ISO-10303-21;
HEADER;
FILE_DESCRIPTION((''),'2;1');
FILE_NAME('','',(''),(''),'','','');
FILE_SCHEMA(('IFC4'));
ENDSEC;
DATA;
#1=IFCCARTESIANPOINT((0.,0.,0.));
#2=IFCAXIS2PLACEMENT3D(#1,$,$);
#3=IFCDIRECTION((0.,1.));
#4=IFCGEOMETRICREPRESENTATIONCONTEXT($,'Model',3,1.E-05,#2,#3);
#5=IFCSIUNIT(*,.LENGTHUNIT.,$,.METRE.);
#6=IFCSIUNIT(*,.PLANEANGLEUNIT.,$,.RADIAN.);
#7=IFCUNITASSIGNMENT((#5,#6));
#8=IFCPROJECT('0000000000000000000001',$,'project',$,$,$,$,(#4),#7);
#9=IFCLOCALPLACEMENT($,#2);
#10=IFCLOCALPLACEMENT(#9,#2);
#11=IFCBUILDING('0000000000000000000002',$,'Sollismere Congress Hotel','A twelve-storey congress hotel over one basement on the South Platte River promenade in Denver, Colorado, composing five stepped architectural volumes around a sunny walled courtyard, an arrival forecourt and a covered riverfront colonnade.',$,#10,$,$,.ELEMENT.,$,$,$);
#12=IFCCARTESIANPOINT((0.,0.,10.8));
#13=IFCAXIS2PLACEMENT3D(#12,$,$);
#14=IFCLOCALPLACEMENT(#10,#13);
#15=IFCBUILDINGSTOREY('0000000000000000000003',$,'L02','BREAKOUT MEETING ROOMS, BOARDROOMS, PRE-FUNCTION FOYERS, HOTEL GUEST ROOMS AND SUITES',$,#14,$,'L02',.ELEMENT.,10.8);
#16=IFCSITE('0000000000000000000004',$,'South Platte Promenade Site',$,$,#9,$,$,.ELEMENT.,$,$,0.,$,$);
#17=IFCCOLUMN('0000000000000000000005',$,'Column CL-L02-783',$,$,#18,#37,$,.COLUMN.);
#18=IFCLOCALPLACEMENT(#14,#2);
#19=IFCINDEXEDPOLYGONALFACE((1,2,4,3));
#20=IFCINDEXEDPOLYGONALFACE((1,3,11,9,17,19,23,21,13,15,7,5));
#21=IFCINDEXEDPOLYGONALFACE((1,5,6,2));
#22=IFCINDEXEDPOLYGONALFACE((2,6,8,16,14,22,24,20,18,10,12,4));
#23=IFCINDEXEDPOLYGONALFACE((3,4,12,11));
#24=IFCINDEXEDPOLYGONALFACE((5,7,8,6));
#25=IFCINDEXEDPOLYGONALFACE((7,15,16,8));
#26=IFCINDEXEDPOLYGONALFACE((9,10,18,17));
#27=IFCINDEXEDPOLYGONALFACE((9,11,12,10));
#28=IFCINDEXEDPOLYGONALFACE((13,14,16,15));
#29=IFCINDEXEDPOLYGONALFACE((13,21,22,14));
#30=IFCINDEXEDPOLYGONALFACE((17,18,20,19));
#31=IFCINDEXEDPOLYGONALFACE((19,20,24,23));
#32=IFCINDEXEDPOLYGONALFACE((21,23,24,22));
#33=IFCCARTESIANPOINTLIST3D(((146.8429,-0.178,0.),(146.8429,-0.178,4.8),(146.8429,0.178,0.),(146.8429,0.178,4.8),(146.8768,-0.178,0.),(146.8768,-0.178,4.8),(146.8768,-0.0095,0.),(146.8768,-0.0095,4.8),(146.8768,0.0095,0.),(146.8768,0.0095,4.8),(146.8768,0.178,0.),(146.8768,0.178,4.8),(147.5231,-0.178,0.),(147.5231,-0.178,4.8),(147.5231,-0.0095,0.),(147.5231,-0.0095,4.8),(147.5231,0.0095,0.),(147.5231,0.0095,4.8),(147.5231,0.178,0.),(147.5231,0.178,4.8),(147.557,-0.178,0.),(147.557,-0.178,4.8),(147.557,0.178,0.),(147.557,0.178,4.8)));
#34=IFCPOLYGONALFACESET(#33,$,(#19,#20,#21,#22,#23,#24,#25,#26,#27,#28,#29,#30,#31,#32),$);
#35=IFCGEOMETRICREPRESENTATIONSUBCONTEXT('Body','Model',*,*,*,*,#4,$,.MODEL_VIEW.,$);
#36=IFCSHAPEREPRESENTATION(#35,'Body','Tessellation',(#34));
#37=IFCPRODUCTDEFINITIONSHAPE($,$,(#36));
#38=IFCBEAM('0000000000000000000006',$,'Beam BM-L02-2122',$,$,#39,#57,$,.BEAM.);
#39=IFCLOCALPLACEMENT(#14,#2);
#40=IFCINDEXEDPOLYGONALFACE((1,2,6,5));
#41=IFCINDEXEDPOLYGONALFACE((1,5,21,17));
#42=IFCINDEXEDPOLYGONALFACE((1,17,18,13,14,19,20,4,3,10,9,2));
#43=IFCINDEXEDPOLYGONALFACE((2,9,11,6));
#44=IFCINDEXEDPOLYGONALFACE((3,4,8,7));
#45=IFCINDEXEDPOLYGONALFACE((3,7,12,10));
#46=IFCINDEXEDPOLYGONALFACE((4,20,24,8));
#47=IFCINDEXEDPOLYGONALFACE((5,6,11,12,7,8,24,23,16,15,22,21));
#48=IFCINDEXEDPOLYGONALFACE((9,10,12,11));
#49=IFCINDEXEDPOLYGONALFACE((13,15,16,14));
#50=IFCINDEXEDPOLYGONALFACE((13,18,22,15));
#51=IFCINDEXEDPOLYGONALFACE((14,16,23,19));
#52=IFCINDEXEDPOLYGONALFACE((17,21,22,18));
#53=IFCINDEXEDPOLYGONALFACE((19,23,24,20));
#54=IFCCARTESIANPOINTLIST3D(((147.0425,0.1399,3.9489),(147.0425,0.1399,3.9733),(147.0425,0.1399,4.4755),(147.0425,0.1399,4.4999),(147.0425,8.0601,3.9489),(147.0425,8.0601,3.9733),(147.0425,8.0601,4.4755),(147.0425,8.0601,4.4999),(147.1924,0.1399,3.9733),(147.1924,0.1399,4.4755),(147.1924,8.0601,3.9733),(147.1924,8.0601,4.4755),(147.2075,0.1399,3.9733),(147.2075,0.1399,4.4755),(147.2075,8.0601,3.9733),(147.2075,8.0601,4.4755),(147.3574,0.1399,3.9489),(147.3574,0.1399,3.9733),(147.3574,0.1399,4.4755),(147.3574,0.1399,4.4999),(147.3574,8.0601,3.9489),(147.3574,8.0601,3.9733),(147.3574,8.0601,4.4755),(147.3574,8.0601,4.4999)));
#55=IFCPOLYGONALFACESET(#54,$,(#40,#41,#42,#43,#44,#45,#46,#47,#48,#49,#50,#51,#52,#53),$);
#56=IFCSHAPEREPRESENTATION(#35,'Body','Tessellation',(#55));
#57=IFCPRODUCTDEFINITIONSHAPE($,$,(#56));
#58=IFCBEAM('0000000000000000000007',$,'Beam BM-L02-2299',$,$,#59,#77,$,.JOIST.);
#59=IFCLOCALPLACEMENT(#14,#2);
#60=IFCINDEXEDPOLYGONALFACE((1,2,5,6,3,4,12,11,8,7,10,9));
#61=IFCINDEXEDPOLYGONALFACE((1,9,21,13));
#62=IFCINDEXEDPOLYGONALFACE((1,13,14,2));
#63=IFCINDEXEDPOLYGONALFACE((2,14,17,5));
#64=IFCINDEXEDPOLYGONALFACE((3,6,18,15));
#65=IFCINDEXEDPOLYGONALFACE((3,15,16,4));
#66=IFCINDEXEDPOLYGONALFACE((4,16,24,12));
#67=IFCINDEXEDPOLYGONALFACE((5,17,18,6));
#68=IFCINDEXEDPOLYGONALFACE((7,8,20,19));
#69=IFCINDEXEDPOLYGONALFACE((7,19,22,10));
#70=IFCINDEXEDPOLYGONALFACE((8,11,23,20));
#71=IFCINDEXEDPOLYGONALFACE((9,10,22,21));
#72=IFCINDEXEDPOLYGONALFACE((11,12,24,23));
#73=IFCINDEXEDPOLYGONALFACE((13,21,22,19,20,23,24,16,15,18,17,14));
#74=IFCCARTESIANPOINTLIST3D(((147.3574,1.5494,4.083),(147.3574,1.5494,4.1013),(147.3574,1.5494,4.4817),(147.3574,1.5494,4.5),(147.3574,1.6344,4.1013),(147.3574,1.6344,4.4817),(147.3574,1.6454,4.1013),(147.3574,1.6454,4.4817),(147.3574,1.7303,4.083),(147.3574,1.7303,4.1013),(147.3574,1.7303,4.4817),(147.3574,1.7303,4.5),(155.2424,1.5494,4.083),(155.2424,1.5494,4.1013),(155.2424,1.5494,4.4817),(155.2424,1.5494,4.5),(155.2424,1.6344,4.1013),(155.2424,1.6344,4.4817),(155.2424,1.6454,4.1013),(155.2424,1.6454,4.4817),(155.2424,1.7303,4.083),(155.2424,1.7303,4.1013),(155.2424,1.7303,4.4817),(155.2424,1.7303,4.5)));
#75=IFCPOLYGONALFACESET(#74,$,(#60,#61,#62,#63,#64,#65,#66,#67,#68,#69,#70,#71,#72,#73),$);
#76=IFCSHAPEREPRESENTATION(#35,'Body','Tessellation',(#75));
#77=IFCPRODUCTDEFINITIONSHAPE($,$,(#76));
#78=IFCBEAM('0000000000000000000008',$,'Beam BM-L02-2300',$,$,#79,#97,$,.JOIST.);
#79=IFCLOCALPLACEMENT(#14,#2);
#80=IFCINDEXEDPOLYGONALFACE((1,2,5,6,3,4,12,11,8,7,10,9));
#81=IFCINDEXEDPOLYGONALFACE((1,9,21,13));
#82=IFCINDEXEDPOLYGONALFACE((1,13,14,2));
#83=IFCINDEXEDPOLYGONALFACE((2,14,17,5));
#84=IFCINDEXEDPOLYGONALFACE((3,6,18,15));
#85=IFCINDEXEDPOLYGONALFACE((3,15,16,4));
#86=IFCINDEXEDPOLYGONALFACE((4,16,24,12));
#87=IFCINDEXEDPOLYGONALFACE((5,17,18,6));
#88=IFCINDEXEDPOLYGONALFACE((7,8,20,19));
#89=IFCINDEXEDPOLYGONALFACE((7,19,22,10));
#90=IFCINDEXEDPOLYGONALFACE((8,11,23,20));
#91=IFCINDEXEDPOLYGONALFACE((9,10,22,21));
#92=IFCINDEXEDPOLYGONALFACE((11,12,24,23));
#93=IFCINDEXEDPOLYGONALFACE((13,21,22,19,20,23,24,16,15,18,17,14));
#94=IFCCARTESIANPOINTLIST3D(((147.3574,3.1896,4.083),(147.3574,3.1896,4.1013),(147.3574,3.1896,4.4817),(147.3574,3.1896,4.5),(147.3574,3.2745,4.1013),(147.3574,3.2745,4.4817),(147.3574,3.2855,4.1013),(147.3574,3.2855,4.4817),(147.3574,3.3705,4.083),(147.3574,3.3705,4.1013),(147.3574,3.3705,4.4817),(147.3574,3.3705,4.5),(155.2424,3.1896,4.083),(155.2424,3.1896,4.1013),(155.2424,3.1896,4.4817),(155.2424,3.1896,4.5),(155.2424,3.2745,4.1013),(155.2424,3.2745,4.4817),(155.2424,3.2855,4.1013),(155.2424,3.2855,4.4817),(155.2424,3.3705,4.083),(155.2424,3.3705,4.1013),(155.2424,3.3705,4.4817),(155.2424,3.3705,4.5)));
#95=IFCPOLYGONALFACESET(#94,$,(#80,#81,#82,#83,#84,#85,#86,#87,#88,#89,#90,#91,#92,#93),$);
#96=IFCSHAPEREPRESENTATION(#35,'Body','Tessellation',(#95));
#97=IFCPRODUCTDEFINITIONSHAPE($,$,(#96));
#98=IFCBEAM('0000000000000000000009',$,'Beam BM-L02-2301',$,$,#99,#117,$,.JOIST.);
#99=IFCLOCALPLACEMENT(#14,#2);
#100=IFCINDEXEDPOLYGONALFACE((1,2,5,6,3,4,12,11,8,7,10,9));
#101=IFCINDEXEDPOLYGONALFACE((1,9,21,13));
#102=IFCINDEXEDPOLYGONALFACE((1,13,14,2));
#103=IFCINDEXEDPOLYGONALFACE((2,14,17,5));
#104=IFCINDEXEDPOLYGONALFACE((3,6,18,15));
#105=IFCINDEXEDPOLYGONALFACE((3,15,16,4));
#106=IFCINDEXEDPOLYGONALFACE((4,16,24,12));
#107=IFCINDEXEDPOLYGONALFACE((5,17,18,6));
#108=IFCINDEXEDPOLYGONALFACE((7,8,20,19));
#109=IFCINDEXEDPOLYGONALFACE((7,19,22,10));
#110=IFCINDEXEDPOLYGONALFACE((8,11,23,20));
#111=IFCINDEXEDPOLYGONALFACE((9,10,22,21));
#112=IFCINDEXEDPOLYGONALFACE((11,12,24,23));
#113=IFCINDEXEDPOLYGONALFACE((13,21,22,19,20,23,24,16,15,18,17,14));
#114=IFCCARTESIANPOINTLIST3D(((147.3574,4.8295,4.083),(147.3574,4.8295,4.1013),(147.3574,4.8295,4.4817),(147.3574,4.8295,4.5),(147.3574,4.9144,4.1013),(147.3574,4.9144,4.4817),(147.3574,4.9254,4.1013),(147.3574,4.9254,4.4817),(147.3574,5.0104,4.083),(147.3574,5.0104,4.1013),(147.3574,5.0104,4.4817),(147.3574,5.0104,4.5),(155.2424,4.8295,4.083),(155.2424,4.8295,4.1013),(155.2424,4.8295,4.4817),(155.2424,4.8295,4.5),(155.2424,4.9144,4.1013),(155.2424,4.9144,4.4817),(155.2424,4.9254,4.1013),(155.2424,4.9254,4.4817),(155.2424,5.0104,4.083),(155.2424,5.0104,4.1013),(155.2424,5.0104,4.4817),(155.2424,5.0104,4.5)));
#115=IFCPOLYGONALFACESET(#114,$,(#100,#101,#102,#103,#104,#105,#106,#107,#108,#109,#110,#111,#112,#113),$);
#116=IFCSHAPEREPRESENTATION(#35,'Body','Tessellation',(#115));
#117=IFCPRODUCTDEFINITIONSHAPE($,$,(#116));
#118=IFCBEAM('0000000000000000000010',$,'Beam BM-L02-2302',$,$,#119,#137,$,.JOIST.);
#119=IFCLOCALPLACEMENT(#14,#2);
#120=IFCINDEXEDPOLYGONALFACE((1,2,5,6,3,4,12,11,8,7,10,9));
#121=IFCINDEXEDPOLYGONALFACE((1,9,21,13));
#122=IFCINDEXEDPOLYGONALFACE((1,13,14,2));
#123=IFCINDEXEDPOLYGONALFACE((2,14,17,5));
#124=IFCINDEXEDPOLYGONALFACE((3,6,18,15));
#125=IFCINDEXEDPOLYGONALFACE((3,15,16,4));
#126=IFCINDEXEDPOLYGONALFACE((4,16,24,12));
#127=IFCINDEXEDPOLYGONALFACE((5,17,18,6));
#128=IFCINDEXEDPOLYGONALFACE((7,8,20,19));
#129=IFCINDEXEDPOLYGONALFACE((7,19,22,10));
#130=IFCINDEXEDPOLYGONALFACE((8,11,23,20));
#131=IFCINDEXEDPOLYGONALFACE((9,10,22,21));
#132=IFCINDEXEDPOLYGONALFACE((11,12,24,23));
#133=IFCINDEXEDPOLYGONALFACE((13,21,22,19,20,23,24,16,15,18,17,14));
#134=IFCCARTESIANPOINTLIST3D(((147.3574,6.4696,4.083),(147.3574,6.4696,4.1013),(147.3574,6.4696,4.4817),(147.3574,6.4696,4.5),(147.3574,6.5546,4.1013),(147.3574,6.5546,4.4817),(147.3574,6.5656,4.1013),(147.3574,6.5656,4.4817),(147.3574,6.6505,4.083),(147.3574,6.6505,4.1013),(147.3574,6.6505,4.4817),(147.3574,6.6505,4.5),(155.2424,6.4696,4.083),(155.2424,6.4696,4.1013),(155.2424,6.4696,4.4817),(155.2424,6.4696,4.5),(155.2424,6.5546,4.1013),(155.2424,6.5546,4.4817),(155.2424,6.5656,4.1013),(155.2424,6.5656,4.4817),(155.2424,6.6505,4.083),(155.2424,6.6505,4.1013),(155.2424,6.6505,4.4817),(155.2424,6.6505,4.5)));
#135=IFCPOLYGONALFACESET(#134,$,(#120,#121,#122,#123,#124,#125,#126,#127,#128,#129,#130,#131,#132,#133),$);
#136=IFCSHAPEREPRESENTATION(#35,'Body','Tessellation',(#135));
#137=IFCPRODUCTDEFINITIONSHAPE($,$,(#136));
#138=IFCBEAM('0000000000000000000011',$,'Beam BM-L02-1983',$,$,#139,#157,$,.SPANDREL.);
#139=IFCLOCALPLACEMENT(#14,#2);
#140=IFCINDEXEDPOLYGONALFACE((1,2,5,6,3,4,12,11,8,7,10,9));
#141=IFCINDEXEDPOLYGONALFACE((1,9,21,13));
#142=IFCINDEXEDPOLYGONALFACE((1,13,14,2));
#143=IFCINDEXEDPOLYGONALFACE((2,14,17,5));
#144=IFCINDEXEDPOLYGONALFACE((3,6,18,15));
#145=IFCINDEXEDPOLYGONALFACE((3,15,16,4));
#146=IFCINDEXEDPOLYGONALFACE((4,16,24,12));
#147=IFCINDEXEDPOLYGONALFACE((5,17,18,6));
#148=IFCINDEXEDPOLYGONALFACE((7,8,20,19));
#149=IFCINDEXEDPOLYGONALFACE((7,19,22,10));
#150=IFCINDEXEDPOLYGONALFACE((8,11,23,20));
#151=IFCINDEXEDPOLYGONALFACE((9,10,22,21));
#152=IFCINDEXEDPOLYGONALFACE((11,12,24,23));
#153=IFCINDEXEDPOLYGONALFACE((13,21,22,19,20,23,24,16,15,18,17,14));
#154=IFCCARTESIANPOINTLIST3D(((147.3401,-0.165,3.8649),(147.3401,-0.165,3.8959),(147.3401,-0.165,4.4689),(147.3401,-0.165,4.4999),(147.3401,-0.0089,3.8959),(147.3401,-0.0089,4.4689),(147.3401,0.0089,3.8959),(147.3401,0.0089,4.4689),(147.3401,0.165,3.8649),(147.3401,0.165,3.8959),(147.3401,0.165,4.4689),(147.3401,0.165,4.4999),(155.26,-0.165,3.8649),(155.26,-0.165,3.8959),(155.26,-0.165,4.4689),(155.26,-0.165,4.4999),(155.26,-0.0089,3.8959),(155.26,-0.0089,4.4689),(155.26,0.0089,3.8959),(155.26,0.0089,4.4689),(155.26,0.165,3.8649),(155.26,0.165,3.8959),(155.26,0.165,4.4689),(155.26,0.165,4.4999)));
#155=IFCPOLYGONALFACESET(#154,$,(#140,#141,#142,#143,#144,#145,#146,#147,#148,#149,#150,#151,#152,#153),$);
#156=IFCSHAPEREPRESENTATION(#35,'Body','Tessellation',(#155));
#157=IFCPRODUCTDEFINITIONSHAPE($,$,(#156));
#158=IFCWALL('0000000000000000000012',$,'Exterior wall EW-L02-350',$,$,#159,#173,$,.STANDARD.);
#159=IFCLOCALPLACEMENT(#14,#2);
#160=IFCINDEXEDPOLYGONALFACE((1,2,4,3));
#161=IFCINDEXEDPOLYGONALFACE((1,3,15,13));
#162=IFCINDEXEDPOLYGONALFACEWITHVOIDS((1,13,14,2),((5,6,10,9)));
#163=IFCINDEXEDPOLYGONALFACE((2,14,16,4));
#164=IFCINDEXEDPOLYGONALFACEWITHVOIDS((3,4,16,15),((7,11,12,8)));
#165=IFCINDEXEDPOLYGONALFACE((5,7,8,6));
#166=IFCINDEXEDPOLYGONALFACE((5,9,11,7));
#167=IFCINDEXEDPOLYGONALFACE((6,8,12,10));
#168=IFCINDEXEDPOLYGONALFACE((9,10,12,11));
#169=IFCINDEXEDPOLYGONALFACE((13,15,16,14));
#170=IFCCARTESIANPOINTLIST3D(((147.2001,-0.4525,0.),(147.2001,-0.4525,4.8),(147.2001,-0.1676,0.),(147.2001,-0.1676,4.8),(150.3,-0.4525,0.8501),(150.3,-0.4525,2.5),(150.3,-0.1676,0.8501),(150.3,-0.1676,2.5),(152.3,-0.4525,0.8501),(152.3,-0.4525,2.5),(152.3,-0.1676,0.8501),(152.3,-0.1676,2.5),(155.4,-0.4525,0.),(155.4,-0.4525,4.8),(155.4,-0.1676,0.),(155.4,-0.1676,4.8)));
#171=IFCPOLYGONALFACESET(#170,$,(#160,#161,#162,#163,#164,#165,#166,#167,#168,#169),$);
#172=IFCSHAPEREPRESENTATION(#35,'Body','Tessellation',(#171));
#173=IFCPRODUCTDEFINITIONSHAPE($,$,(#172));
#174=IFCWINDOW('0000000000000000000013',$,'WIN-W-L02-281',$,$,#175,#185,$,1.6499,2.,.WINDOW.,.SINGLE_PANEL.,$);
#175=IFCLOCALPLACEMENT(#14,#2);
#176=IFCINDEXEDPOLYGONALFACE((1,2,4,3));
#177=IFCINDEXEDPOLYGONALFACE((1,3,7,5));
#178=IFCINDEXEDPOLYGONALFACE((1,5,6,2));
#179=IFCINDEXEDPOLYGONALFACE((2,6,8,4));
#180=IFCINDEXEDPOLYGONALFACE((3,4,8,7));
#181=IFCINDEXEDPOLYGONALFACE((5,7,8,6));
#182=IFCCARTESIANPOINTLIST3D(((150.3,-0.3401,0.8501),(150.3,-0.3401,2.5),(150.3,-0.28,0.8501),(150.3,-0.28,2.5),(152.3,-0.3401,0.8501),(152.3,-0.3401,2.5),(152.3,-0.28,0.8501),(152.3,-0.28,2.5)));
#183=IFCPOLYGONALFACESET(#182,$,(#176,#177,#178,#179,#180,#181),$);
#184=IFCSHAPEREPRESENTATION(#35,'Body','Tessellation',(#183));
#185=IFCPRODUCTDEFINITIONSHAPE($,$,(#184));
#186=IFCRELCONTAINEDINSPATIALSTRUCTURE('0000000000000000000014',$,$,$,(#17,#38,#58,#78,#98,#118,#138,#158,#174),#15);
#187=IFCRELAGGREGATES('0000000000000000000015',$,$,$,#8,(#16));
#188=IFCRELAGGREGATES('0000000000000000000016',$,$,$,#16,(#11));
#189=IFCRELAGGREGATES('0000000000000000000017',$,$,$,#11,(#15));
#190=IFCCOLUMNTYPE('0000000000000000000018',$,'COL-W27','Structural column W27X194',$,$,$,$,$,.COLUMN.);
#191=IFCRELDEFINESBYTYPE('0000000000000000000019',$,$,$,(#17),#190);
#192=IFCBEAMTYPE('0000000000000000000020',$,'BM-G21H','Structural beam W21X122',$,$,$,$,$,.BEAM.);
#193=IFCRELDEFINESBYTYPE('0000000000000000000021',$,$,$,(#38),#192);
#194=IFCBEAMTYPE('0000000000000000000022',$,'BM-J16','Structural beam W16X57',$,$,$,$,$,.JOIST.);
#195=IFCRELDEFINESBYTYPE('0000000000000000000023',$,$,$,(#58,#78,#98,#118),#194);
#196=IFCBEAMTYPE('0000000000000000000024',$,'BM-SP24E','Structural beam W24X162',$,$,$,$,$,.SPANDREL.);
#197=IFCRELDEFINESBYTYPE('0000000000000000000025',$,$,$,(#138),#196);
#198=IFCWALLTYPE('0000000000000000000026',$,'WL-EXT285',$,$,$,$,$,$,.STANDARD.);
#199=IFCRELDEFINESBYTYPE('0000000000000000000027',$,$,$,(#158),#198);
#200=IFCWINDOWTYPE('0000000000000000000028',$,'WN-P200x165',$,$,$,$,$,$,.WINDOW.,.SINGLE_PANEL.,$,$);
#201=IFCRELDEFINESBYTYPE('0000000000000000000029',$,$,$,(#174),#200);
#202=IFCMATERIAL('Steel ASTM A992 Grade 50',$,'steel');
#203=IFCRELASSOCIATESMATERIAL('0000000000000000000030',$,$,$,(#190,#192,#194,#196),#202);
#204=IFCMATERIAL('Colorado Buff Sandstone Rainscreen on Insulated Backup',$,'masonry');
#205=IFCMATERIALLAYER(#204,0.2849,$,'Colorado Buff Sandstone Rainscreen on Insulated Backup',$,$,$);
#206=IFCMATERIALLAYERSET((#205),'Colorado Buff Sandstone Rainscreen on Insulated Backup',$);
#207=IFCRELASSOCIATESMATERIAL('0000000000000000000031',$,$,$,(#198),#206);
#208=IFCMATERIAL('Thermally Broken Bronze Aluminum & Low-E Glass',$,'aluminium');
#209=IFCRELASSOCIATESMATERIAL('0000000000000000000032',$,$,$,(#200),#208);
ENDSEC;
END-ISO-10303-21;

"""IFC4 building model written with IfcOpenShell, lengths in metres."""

from ifc_helpers import new_model, si_unit, direction, frame, frame_2d, origin, origin_2d, place, context, subcontext, project, spatial, rectangle, i_section, extrude, material, layer, layer_set, material_profile, profile_set, type_object, element, fill, save


model = new_model("IFC4")

# Units and contexts
model_context = context("Model", 3, precision=1e-05, world=origin(), true_north=direction((0.0, 1.0)))
body_context = subcontext(model_context, "Body", "Model", "MODEL_VIEW")
ifc_project = project(units=[si_unit("LENGTHUNIT", "METRE"), si_unit("PLANEANGLEUNIT", "RADIAN")], contexts=[model_context])

# Site, building, storey
site_placement = place(None, origin())
site = spatial("IfcSite", under=ifc_project, at=site_placement, Name="South Platte Promenade Site", CompositionType="ELEMENT", RefElevation=0.0)
building_placement = place(site_placement, origin())
building = spatial("IfcBuilding", under=site, at=building_placement, Name="Sollismere Congress Hotel", Description="A twelve-storey congress hotel over one basement on the South Platte River promenade in Denver, Colorado, composing five stepped architectural volumes around a sunny walled courtyard, an arrival forecourt and a covered riverfront colonnade.", CompositionType="ELEMENT")
storey_placement = place(building_placement, frame((0.0, 0.0, 10.8)))
storey = spatial("IfcBuildingStorey", under=building, at=storey_placement, Name="L02", Description="BREAKOUT MEETING ROOMS, BOARDROOMS, PRE-FUNCTION FOYERS, HOTEL GUEST ROOMS AND SUITES", LongName="L02", CompositionType="ELEMENT", Elevation=10.8)

# Column
ifc_material_1 = material(Name="Steel ASTM A992 Grade 50", Category="steel")
ifc_material_profile_1 = material_profile(ifc_material_1, i_section(OverallWidth=0.356, OverallDepth=0.7141, WebThickness=0.019, FlangeThickness=0.0339, at=origin_2d()), Name="W27X194")
ifc_profile_set_1 = profile_set([ifc_material_profile_1], Name="Steel ASTM A992 Grade 50")
column_type = type_object("IfcColumnType", Name="COL-W27", Description="Structural column W27X194", PredefinedType="COLUMN", material=ifc_profile_set_1)
column_placement = place(storey_placement, frame((147.2, 0.0, 0.0), z_axis=(0.0, 0.0, 1.0), x_axis=(0.0, 1.0, 0.0)))
element("IfcColumn", 1, at=column_placement, inside=storey, type_object=column_type, Name="Column CL-L02-783", PredefinedType="COLUMN", context=body_context, shape_type="SweptSolid", body=[
    extrude(i_section(OverallWidth=0.356, OverallDepth=0.7141, WebThickness=0.019, FlangeThickness=0.0339, at=origin_2d()), origin(), (0.0, 0.0, 1.0), 4.8),
])

# Beams
ifc_material_profile_2 = material_profile(ifc_material_1, i_section(OverallWidth=0.3149, OverallDepth=0.551, WebThickness=0.0151, FlangeThickness=0.0244, at=origin_2d()), Name="W21X122")
ifc_profile_set_2 = profile_set([ifc_material_profile_2], Name="Steel ASTM A992 Grade 50")
beam_type_1 = type_object("IfcBeamType", Name="BM-G21H", Description="Structural beam W21X122", PredefinedType="BEAM", material=ifc_profile_set_2)
beam_1_placement = place(storey_placement, frame((147.2, 0.1399, 4.2244), z_axis=(0.0, 1.0, 0.0), x_axis=(-1.0, 0.0, 0.0)))
element("IfcBeam", 2, at=beam_1_placement, inside=storey, type_object=beam_type_1, Name="Beam BM-L02-2122", PredefinedType="BEAM", context=body_context, shape_type="SweptSolid", body=[
    extrude(i_section(OverallWidth=0.3149, OverallDepth=0.551, WebThickness=0.0151, FlangeThickness=0.0244, at=origin_2d()), origin(), (0.0, 0.0, 1.0), 7.9202),
])
ifc_material_profile_3 = material_profile(ifc_material_1, i_section(OverallWidth=0.1809, OverallDepth=0.417, WebThickness=0.011, FlangeThickness=0.0183, at=origin_2d()), Name="W16X57")
ifc_profile_set_3 = profile_set([ifc_material_profile_3], Name="Steel ASTM A992 Grade 50")
beam_type_2 = type_object("IfcBeamType", Name="BM-J16", Description="Structural beam W16X57", PredefinedType="JOIST", material=ifc_profile_set_3)
for number, where, z_axis, x_axis, name in (
    (3, (147.3574, 1.6399, 4.2915), (1.0, 0.0, 0.0), (0.0, 1.0, 0.0), "Beam BM-L02-2299"),
    (4, (147.3574, 3.28, 4.2915), (1.0, 0.0, 0.0), (0.0, 1.0, 0.0), "Beam BM-L02-2300"),
    (5, (147.3574, 4.9199, 4.2915), (1.0, 0.0, 0.0), (0.0, 1.0, 0.0), "Beam BM-L02-2301"),
    (6, (147.3574, 6.5601, 4.2915), (1.0, 0.0, 0.0), (0.0, 1.0, 0.0), "Beam BM-L02-2302"),
):
    element("IfcBeam", number, at=place(storey_placement, frame(where, z_axis=z_axis, x_axis=x_axis)), inside=storey, type_object=beam_type_2, Name=name, PredefinedType="JOIST", context=body_context, shape_type="SweptSolid", body=[
        extrude(i_section(OverallWidth=0.1809, OverallDepth=0.417, WebThickness=0.011, FlangeThickness=0.0183, at=origin_2d()), origin(), (0.0, 0.0, 1.0), 7.885),
    ])
ifc_material_profile_4 = material_profile(ifc_material_1, i_section(OverallWidth=0.3301, OverallDepth=0.635, WebThickness=0.0178, FlangeThickness=0.031, at=origin_2d()), Name="W24X162")
ifc_profile_set_4 = profile_set([ifc_material_profile_4], Name="Steel ASTM A992 Grade 50")
beam_type_3 = type_object("IfcBeamType", Name="BM-SP24E", Description="Structural beam W24X162", PredefinedType="SPANDREL", material=ifc_profile_set_4)
beam_2_placement = place(storey_placement, frame((147.3401, 0.0, 4.1824), z_axis=(1.0, 0.0, 0.0), x_axis=(0.0, 1.0, 0.0)))
element("IfcBeam", 7, at=beam_2_placement, inside=storey, type_object=beam_type_3, Name="Beam BM-L02-1983", PredefinedType="SPANDREL", context=body_context, shape_type="SweptSolid", body=[
    extrude(i_section(OverallWidth=0.3301, OverallDepth=0.635, WebThickness=0.0178, FlangeThickness=0.031, at=origin_2d()), origin(), (0.0, 0.0, 1.0), 7.9199),
])

# Wall, opening, window
ifc_material_2 = material(Name="Colorado Buff Sandstone Rainscreen on Insulated Backup", Category="masonry")
ifc_layer_1 = layer(ifc_material_2, 0.2849, Name="Colorado Buff Sandstone Rainscreen on Insulated Backup")
ifc_layer_set_1 = layer_set([ifc_layer_1], Name="Colorado Buff Sandstone Rainscreen on Insulated Backup")
wall_type_1 = type_object("IfcWallType", Name="WL-EXT285", PredefinedType="STANDARD", material=ifc_layer_set_1)
wall_1_placement = place(storey_placement, frame((147.2, -0.3101, 0.0), z_axis=(0.0, 0.0, 1.0), x_axis=(1.0, 0.0, 0.0)))
wall_1 = element("IfcWall", 8, at=wall_1_placement, inside=storey, type_object=wall_type_1, Name="Exterior wall EW-L02-350", PredefinedType="STANDARD", context=body_context, shape_type="SweptSolid", body=[
    extrude(rectangle(XDim=8.2, YDim=0.2849, at=frame_2d((4.1001, 0.0))), origin(), (0.0, 0.0, 1.0), 4.8),
])
opening_1_placement = place(wall_1_placement, frame((3.1001, 0.0, 0.8501)))
opening_1 = element("IfcOpeningElement", 9, at=opening_1_placement, cuts=wall_1, PredefinedType="OPENING", context=body_context, shape_type="SweptSolid", body=[
    extrude(rectangle(XDim=2.0, YDim=1.6499, at=frame_2d((1.0, 0.825))), frame((0.0, 0.1523, 0.0), z_axis=(0.0, -1.0, 0.0), x_axis=(1.0, 0.0, 0.0)), (0.0, 0.0, 1.0), 0.3049),
])
ifc_material_3 = material(Name="Thermally Broken Bronze Aluminum & Low-E Glass", Category="aluminium")
window_type = type_object("IfcWindowType", Name="WN-P200x165", PartitioningType="SINGLE_PANEL", PredefinedType="WINDOW", material=ifc_material_3)
window_placement = place(opening_1_placement, origin())
window = element("IfcWindow", 10, at=window_placement, inside=storey, type_object=window_type, Name="WIN-W-L02-281", OverallHeight=1.6499, OverallWidth=2.0, PartitioningType="SINGLE_PANEL", PredefinedType="WINDOW", context=body_context, shape_type="SweptSolid", body=[
    extrude(rectangle(XDim=2.0, YDim=1.6499, at=frame_2d((1.0, 0.825))), frame((0.0, 0.03, 0.0), z_axis=(0.0, -1.0, 0.0), x_axis=(1.0, 0.0, 0.0)), (0.0, 0.0, 1.0), 0.0601),
])
fill(opening_1, window)

save(model, "model.ifc")
